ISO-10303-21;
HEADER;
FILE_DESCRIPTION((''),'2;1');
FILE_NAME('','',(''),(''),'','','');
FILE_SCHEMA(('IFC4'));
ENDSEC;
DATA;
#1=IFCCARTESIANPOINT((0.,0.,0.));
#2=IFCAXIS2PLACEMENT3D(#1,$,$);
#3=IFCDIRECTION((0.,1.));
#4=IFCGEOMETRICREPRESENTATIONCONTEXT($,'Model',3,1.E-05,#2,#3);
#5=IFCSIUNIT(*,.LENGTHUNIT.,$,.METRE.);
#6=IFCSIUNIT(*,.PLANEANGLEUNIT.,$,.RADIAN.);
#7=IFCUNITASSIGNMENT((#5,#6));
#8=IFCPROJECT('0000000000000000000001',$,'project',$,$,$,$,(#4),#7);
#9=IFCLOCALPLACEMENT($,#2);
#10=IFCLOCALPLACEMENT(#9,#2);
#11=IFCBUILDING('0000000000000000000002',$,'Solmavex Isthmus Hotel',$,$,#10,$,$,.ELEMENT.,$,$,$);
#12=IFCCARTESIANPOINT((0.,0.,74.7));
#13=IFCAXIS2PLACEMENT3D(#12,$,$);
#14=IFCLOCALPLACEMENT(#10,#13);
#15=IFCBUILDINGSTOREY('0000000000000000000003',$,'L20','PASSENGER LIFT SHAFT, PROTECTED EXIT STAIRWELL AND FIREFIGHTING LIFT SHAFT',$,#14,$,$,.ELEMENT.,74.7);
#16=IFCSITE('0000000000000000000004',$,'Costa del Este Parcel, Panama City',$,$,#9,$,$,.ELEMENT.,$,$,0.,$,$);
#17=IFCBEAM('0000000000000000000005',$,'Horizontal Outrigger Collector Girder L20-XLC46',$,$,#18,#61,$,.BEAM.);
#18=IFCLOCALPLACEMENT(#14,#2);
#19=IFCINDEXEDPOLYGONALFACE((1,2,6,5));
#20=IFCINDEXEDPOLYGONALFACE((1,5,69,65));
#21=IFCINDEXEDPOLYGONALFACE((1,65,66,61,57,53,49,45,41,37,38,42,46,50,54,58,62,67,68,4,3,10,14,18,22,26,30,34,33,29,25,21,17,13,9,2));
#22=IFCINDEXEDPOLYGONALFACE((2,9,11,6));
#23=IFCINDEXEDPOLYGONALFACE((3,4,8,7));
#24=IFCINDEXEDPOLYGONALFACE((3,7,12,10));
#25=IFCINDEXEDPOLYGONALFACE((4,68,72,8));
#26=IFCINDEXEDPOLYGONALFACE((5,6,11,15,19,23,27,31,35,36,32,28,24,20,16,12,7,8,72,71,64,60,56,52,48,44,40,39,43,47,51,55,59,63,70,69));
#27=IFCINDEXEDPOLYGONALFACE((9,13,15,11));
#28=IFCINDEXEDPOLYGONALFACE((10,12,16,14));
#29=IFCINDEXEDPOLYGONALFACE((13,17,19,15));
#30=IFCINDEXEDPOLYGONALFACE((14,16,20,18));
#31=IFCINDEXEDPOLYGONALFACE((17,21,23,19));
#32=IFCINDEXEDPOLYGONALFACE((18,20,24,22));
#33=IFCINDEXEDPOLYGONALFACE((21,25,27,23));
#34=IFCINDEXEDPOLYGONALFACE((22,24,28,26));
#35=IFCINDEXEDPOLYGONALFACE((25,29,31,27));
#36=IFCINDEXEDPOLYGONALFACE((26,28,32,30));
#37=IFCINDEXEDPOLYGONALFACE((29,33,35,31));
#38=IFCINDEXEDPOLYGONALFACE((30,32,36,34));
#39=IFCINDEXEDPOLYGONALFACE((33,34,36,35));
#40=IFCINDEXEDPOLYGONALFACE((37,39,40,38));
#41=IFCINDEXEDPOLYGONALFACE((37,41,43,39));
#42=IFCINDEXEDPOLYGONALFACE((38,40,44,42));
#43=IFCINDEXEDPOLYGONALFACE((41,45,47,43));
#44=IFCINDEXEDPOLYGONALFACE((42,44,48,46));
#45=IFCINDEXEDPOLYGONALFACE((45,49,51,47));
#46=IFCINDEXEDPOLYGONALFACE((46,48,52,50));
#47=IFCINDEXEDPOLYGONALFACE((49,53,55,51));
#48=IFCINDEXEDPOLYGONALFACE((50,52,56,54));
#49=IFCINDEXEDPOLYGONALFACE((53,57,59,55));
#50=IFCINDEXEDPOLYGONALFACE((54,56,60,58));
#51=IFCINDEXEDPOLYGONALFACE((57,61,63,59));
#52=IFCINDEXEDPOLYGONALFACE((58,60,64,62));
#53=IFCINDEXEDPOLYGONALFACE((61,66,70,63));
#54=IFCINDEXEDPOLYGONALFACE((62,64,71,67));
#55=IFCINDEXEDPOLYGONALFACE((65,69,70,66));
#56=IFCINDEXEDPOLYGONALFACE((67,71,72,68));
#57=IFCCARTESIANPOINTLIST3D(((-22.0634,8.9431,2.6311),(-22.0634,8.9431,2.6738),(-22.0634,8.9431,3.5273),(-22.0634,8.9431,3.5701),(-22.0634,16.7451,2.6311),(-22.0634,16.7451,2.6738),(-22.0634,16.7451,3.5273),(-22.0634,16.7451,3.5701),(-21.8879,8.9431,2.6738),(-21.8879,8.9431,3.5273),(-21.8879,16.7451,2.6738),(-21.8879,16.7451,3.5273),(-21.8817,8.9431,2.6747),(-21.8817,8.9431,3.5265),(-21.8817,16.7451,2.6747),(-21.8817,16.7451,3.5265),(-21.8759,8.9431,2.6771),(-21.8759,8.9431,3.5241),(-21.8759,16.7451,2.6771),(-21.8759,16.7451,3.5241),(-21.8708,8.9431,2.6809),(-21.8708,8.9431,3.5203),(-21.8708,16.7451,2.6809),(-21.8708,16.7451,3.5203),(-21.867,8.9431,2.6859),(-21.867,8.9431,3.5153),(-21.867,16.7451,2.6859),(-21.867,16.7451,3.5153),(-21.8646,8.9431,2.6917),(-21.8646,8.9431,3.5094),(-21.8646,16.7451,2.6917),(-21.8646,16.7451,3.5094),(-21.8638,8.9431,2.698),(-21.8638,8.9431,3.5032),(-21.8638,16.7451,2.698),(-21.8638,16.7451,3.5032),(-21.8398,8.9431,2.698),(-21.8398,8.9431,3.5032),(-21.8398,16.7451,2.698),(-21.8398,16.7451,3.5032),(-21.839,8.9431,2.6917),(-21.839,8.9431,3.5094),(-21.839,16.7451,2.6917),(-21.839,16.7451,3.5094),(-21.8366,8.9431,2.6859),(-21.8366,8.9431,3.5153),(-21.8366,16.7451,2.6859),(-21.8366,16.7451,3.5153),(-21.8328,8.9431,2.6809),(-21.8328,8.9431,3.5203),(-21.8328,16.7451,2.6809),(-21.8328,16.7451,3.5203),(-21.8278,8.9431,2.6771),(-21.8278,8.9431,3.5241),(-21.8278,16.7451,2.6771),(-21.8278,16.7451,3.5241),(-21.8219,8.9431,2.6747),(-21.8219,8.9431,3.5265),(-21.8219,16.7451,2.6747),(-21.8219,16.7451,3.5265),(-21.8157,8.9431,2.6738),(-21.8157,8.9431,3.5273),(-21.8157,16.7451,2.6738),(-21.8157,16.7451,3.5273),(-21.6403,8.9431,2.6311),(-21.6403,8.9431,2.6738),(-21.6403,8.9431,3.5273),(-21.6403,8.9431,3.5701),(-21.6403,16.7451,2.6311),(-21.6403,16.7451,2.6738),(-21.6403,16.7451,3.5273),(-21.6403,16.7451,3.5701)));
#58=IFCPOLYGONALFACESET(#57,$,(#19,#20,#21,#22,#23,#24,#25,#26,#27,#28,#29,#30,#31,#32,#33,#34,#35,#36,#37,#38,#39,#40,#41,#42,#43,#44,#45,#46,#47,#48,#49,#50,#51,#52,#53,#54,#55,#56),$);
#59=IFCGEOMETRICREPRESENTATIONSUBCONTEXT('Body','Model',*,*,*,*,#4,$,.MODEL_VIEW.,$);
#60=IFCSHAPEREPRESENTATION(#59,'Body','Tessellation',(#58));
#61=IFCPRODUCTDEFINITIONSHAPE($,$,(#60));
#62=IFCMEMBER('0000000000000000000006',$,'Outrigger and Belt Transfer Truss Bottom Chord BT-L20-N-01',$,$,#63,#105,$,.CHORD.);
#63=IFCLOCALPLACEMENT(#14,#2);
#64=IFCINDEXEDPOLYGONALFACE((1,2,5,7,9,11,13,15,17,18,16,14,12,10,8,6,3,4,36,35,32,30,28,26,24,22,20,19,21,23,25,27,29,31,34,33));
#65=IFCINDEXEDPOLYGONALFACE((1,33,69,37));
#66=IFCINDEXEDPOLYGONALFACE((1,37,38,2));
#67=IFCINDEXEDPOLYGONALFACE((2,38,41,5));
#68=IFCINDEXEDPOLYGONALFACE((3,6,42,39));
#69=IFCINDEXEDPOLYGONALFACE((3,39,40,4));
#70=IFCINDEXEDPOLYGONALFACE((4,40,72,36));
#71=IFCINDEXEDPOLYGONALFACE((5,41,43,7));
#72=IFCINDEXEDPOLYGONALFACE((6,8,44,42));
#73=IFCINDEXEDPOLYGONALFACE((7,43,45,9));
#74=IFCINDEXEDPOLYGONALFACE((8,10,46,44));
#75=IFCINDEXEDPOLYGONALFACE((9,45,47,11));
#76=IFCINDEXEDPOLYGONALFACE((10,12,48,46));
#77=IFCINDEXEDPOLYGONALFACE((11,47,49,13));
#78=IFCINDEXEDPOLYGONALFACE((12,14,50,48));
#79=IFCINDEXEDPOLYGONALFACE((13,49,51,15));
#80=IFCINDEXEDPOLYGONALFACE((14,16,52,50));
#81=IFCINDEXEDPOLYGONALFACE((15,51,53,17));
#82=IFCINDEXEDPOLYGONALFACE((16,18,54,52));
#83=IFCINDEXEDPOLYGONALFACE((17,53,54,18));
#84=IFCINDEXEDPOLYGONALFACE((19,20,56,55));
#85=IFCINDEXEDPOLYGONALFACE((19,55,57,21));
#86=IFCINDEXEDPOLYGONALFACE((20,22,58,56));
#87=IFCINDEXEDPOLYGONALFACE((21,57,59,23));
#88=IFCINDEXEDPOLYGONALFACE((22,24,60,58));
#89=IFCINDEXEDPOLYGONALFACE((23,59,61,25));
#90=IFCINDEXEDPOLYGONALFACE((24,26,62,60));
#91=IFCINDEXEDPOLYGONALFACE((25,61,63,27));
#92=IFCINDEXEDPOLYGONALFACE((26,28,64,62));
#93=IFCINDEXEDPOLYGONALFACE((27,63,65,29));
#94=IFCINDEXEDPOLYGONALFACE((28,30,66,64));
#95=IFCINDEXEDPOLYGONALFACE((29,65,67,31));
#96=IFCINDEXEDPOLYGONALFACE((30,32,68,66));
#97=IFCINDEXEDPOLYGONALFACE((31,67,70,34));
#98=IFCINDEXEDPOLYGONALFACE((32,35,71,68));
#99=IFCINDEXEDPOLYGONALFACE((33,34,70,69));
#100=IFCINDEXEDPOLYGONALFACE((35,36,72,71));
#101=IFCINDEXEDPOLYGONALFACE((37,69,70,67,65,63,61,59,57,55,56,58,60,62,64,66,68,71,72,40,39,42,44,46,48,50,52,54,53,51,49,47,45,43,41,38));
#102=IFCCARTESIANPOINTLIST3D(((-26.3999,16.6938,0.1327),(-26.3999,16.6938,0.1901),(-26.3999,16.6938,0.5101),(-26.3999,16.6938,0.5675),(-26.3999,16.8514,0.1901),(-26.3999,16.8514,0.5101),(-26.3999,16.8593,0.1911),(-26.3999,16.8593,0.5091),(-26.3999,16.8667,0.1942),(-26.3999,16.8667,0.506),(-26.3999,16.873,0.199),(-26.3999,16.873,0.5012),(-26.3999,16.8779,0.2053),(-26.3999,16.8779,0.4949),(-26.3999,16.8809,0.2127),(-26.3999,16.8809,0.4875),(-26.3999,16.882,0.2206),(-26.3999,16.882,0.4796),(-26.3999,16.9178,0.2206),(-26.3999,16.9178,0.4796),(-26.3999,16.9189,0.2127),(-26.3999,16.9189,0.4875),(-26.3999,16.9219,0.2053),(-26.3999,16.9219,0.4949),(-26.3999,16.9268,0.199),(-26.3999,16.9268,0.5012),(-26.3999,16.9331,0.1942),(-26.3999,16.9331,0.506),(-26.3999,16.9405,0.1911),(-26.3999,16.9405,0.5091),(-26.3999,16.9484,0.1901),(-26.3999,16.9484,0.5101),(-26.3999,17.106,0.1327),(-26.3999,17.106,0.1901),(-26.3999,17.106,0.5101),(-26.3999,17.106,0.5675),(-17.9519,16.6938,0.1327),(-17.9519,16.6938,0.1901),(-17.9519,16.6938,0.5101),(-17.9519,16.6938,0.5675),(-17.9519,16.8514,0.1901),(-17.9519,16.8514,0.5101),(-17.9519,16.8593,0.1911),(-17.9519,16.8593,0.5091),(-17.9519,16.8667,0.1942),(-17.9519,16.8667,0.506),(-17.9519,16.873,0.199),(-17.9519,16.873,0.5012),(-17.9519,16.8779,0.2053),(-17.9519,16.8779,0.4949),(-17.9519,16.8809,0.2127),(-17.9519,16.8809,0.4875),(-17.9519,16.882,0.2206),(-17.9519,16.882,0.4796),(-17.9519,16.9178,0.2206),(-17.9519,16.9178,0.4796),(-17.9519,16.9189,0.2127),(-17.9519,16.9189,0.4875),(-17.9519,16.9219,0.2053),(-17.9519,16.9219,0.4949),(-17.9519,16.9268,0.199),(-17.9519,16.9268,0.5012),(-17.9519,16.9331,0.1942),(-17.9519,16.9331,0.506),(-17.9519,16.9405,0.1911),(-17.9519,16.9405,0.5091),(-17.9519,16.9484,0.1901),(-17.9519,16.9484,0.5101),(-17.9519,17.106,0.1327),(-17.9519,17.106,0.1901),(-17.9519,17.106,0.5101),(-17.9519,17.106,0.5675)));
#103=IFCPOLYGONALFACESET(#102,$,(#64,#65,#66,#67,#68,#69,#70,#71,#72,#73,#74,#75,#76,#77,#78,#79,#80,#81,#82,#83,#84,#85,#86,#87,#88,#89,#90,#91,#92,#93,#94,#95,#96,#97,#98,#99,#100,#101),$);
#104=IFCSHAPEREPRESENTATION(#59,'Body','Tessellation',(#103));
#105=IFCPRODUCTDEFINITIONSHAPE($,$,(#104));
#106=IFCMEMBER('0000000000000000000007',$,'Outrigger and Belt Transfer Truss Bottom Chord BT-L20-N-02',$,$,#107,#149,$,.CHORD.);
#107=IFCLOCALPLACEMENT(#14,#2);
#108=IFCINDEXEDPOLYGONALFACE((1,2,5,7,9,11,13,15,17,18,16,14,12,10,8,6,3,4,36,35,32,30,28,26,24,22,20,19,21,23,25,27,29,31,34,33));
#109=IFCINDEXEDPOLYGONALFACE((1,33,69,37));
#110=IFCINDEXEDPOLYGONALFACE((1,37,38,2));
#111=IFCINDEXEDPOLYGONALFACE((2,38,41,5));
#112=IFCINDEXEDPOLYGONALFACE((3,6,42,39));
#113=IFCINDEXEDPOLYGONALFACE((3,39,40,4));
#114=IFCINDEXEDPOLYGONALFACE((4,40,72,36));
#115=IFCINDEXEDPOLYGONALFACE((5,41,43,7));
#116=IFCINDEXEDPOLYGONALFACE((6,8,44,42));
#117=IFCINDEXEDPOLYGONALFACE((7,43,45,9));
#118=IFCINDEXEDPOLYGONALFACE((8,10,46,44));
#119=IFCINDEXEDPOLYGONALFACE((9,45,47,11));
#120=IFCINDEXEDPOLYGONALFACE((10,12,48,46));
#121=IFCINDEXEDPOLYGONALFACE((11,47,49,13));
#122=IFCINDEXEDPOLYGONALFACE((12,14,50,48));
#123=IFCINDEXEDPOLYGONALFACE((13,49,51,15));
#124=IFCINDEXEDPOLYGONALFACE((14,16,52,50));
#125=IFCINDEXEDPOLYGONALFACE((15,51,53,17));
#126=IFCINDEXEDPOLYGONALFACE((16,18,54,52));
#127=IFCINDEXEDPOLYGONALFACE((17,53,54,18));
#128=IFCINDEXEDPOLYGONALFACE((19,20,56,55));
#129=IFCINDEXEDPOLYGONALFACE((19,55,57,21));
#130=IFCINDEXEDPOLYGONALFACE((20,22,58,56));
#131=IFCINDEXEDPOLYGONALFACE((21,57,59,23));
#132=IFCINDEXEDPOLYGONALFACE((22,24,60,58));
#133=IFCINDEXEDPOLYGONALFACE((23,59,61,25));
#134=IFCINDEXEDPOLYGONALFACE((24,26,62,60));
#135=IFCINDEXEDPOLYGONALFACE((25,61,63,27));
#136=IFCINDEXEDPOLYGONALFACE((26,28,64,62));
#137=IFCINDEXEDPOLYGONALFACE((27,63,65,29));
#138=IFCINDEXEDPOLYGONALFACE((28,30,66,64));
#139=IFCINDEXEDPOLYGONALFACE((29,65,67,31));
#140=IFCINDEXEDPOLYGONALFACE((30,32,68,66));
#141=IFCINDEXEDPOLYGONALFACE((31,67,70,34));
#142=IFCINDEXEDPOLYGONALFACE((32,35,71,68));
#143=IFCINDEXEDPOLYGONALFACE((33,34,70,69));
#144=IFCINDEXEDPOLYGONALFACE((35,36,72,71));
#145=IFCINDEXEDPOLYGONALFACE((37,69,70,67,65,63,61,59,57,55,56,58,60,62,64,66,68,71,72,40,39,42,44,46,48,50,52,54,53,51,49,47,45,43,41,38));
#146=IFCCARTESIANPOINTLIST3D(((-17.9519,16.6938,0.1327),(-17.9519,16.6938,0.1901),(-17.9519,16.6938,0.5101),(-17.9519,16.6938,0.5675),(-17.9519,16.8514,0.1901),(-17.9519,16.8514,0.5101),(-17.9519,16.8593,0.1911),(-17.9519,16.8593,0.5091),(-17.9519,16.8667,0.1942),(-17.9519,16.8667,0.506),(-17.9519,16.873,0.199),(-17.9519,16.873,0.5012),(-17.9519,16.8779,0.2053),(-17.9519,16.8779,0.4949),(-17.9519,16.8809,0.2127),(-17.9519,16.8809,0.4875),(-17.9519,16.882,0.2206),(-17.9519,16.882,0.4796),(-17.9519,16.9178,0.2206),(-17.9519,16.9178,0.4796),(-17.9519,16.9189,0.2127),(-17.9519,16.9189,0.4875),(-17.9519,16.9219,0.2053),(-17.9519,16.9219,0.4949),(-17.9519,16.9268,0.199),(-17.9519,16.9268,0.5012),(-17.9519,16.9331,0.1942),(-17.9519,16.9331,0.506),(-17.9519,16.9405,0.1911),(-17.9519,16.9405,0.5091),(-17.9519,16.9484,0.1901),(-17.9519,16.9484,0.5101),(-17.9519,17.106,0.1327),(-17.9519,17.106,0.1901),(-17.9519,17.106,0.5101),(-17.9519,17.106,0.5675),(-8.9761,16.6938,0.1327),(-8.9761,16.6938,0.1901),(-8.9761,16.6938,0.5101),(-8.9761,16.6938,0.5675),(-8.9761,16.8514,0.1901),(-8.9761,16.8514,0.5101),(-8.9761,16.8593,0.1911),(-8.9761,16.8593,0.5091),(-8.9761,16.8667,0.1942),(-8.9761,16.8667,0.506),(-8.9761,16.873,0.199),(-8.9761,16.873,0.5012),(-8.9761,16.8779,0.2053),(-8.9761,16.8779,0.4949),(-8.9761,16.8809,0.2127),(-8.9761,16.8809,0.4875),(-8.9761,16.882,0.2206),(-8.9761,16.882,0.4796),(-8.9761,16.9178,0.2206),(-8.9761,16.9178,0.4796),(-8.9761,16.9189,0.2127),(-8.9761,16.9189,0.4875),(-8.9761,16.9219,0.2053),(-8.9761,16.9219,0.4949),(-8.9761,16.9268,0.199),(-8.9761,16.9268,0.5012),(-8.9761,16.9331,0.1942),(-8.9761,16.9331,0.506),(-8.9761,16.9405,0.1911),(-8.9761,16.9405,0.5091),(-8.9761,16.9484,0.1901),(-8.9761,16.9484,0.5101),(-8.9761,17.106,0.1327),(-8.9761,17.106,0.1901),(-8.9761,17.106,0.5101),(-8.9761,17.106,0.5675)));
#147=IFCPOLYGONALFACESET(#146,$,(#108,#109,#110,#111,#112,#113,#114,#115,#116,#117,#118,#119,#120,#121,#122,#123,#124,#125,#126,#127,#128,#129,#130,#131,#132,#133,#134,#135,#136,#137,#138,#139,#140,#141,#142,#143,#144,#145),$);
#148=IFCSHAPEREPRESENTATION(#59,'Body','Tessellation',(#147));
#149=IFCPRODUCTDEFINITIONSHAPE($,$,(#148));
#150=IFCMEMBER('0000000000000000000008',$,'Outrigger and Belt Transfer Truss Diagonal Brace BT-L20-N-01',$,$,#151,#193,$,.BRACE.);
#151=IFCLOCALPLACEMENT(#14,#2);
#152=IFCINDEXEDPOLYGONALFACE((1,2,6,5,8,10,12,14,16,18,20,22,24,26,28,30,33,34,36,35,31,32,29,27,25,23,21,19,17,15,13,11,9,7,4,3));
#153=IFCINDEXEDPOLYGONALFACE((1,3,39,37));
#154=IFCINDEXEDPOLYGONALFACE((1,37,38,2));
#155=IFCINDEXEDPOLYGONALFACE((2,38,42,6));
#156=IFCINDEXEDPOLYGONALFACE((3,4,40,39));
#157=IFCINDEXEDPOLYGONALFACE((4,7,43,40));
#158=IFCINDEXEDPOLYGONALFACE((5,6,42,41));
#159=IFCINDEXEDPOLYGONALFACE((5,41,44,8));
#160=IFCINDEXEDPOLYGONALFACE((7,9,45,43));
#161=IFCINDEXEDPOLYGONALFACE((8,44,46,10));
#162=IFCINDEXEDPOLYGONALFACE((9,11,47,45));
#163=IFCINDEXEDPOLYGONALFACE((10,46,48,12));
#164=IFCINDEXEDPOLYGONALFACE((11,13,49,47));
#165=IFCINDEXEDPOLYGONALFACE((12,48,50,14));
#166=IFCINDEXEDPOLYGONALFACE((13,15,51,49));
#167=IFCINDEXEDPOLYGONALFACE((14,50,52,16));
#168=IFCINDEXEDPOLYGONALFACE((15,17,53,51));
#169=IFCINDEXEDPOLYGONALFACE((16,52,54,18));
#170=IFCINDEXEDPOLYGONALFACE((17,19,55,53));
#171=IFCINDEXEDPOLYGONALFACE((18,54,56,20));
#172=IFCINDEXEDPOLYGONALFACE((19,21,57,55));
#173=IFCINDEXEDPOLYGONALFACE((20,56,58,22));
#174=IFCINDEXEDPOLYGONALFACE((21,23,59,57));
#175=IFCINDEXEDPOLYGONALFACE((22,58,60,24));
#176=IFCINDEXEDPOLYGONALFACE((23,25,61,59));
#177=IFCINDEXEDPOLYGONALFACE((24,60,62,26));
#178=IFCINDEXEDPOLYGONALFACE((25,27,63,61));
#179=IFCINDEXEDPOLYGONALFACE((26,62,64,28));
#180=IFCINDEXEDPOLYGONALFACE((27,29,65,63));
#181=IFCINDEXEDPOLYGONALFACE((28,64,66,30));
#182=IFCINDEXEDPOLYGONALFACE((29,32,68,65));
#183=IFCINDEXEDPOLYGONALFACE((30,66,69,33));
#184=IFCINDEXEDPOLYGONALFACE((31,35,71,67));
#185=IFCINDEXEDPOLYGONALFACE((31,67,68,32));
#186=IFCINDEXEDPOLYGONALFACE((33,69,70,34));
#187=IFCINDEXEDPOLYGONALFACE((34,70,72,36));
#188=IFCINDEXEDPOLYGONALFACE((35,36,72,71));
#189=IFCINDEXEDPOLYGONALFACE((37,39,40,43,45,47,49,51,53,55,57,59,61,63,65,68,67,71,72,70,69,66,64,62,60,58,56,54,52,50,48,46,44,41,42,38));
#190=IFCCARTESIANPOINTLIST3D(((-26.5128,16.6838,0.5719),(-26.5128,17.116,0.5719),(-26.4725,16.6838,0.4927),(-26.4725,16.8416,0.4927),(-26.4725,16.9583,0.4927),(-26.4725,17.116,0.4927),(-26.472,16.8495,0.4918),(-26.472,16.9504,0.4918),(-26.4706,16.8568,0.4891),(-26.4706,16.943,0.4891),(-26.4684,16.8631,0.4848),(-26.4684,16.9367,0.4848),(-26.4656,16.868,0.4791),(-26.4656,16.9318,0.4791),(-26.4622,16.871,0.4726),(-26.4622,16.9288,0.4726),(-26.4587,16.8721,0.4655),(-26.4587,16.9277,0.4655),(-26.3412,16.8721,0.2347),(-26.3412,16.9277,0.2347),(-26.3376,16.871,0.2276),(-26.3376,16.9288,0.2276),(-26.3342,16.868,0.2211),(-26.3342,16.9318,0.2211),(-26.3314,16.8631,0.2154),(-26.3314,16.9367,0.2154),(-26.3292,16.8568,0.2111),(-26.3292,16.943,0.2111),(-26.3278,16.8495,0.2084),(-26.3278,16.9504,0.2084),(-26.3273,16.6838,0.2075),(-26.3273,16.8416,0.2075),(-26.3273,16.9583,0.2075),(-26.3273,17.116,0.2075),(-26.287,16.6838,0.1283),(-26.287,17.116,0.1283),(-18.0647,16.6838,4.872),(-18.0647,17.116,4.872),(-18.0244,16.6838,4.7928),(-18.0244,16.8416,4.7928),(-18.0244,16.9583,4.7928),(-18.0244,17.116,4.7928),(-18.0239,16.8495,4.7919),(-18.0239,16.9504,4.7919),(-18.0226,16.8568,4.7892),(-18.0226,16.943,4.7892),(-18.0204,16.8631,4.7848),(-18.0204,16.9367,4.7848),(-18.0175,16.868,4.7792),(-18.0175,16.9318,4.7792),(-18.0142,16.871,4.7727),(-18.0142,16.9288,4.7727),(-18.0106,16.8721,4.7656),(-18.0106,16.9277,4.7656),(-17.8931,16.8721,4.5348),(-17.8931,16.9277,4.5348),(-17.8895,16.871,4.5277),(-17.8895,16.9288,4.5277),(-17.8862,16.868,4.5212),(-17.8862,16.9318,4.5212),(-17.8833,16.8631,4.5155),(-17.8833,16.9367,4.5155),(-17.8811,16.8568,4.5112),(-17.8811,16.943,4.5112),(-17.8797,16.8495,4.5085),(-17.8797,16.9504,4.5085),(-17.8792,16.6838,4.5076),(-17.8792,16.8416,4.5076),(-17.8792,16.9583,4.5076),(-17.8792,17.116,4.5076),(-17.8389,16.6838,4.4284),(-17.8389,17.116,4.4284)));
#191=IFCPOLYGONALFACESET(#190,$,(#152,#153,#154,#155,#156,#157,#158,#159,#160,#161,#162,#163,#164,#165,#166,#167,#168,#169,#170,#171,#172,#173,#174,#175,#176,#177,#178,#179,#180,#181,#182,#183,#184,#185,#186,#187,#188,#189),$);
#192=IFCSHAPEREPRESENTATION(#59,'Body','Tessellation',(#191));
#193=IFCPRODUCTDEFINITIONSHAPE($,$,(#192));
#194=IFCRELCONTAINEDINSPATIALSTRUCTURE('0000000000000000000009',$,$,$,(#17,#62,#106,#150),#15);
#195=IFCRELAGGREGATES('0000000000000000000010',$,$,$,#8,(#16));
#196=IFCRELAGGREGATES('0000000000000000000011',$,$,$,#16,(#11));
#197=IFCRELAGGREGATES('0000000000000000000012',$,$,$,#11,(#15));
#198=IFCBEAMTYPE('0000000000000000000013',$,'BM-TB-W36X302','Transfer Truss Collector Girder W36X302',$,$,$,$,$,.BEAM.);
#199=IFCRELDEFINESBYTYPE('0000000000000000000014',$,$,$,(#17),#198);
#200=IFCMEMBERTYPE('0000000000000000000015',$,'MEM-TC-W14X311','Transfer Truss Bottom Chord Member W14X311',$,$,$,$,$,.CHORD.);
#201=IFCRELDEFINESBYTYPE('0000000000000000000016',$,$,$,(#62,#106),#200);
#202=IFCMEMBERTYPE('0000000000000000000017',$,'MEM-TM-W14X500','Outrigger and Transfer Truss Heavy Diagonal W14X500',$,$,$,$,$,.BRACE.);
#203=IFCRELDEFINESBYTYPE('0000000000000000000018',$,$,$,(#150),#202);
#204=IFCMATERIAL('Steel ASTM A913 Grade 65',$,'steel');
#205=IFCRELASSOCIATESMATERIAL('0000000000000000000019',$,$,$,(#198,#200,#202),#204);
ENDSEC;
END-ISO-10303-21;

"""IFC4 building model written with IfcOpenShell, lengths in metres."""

from ifc_helpers import new_model, si_unit, direction, frame, origin, origin_2d, place, context, subcontext, project, spatial, i_section, extrude, material, material_profile, profile_set, type_object, element, save


model = new_model("IFC4")

# Units and contexts
model_context = context("Model", 3, precision=1e-05, world=origin(), true_north=direction((0.0, 1.0)))
body_context = subcontext(model_context, "Body", "Model", "MODEL_VIEW")
ifc_project = project(units=[si_unit("LENGTHUNIT", "METRE"), si_unit("PLANEANGLEUNIT", "RADIAN")], contexts=[model_context])

# Site, building, storey
site_placement = place(None, origin())
site = spatial("IfcSite", under=ifc_project, at=site_placement, Name="Costa del Este Parcel, Panama City", CompositionType="ELEMENT", RefElevation=0.0)
building_placement = place(site_placement, origin())
building = spatial("IfcBuilding", under=site, at=building_placement, Name="Solmavex Isthmus Hotel", CompositionType="ELEMENT")
storey_placement = place(building_placement, frame((0.0, 0.0, 74.7)))
storey = spatial("IfcBuildingStorey", under=building, at=storey_placement, Name="L20", Description="PASSENGER LIFT SHAFT, PROTECTED EXIT STAIRWELL AND FIREFIGHTING LIFT SHAFT", CompositionType="ELEMENT", Elevation=74.7)

# Shared definitions
ifc_material_1 = material(Name="Steel ASTM A913 Grade 65", Category="steel")

# Beam
ifc_material_profile_1 = material_profile(ifc_material_1, i_section(OverallWidth=0.4231, OverallDepth=0.939, WebThickness=0.0239, FlangeThickness=0.0427, FilletRadius=0.0242, at=origin_2d()), Name="W36X302")
ifc_profile_set_1 = profile_set([ifc_material_profile_1], Name="Steel ASTM A913 Grade 65")
beam_type_1 = type_object("IfcBeamType", Name="BM-TB-W36X302", Description="Transfer Truss Collector Girder W36X302", PredefinedType="BEAM", material=ifc_profile_set_1)
beam_1_placement = place(storey_placement, frame((-21.8518, 8.9431, 3.1006), z_axis=(0.0, 1.0, 0.0), x_axis=(-1.0, 0.0, 0.0)))
element("IfcBeam", 1, at=beam_1_placement, inside=storey, type_object=beam_type_1, Name="Horizontal Outrigger Collector Girder L20-XLC46", PredefinedType="BEAM", context=body_context, shape_type="SweptSolid", body=[
    extrude(i_section(OverallWidth=0.4231, OverallDepth=0.939, WebThickness=0.0239, FlangeThickness=0.0427, FilletRadius=0.0242, at=origin_2d()), origin(), (0.0, 0.0, 1.0), 7.802),
])

# Members
ifc_material_profile_2 = material_profile(ifc_material_1, i_section(OverallWidth=0.4121, OverallDepth=0.4348, WebThickness=0.0359, FlangeThickness=0.0574, FilletRadius=0.0305, at=origin_2d()), Name="W14X311")
ifc_profile_set_2 = profile_set([ifc_material_profile_2], Name="Steel ASTM A913 Grade 65")
member_type_1 = type_object("IfcMemberType", Name="MEM-TC-W14X311", Description="Transfer Truss Bottom Chord Member W14X311", PredefinedType="CHORD", material=ifc_profile_set_2)
member_1_placement = place(storey_placement, frame((-26.3999, 16.8999, 0.3501), z_axis=(1.0, 0.0, 0.0), x_axis=(0.0, 1.0, 0.0)))
element("IfcMember", 2, at=member_1_placement, inside=storey, type_object=member_type_1, Name="Outrigger and Belt Transfer Truss Bottom Chord BT-L20-N-01", PredefinedType="CHORD", context=body_context, shape_type="SweptSolid", body=[
    extrude(i_section(OverallWidth=0.4121, OverallDepth=0.4348, WebThickness=0.0359, FlangeThickness=0.0574, FilletRadius=0.0305, at=origin_2d()), origin(), (0.0, 0.0, 1.0), 8.448),
])
member_2_placement = place(storey_placement, frame((-17.9519, 16.8999, 0.3501), z_axis=(1.0, 0.0, 0.0), x_axis=(0.0, 1.0, 0.0)))
element("IfcMember", 3, at=member_2_placement, inside=storey, type_object=member_type_1, Name="Outrigger and Belt Transfer Truss Bottom Chord BT-L20-N-02", PredefinedType="CHORD", context=body_context, shape_type="SweptSolid", body=[
    extrude(i_section(OverallWidth=0.4121, OverallDepth=0.4348, WebThickness=0.0359, FlangeThickness=0.0574, FilletRadius=0.0305, at=origin_2d()), origin(), (0.0, 0.0, 1.0), 8.9758),
])
ifc_material_profile_3 = material_profile(ifc_material_1, i_section(OverallWidth=0.4321, OverallDepth=0.4978, WebThickness=0.0557, FlangeThickness=0.0889, FilletRadius=0.0305, at=origin_2d()), Name="W14X500")
ifc_profile_set_3 = profile_set([ifc_material_profile_3], Name="Steel ASTM A913 Grade 65")
member_type_2 = type_object("IfcMemberType", Name="MEM-TM-W14X500", Description="Outrigger and Transfer Truss Heavy Diagonal W14X500", PredefinedType="BRACE", material=ifc_profile_set_3)
member_3_placement = place(storey_placement, frame((-26.3999, 16.8999, 0.3501), z_axis=(0.891195, 0.0, 0.45362), x_axis=(0.0, 1.0, 0.0)))
element("IfcMember", 4, at=member_3_placement, inside=storey, type_object=member_type_2, Name="Outrigger and Belt Transfer Truss Diagonal Brace BT-L20-N-01", PredefinedType="BRACE", context=body_context, shape_type="SweptSolid", body=[
    extrude(i_section(OverallWidth=0.4321, OverallDepth=0.4978, WebThickness=0.0557, FlangeThickness=0.0889, FilletRadius=0.0305, at=origin_2d()), origin(), (0.0, 0.0, 1.0), 9.4795),
])

save(model, "model.ifc")
